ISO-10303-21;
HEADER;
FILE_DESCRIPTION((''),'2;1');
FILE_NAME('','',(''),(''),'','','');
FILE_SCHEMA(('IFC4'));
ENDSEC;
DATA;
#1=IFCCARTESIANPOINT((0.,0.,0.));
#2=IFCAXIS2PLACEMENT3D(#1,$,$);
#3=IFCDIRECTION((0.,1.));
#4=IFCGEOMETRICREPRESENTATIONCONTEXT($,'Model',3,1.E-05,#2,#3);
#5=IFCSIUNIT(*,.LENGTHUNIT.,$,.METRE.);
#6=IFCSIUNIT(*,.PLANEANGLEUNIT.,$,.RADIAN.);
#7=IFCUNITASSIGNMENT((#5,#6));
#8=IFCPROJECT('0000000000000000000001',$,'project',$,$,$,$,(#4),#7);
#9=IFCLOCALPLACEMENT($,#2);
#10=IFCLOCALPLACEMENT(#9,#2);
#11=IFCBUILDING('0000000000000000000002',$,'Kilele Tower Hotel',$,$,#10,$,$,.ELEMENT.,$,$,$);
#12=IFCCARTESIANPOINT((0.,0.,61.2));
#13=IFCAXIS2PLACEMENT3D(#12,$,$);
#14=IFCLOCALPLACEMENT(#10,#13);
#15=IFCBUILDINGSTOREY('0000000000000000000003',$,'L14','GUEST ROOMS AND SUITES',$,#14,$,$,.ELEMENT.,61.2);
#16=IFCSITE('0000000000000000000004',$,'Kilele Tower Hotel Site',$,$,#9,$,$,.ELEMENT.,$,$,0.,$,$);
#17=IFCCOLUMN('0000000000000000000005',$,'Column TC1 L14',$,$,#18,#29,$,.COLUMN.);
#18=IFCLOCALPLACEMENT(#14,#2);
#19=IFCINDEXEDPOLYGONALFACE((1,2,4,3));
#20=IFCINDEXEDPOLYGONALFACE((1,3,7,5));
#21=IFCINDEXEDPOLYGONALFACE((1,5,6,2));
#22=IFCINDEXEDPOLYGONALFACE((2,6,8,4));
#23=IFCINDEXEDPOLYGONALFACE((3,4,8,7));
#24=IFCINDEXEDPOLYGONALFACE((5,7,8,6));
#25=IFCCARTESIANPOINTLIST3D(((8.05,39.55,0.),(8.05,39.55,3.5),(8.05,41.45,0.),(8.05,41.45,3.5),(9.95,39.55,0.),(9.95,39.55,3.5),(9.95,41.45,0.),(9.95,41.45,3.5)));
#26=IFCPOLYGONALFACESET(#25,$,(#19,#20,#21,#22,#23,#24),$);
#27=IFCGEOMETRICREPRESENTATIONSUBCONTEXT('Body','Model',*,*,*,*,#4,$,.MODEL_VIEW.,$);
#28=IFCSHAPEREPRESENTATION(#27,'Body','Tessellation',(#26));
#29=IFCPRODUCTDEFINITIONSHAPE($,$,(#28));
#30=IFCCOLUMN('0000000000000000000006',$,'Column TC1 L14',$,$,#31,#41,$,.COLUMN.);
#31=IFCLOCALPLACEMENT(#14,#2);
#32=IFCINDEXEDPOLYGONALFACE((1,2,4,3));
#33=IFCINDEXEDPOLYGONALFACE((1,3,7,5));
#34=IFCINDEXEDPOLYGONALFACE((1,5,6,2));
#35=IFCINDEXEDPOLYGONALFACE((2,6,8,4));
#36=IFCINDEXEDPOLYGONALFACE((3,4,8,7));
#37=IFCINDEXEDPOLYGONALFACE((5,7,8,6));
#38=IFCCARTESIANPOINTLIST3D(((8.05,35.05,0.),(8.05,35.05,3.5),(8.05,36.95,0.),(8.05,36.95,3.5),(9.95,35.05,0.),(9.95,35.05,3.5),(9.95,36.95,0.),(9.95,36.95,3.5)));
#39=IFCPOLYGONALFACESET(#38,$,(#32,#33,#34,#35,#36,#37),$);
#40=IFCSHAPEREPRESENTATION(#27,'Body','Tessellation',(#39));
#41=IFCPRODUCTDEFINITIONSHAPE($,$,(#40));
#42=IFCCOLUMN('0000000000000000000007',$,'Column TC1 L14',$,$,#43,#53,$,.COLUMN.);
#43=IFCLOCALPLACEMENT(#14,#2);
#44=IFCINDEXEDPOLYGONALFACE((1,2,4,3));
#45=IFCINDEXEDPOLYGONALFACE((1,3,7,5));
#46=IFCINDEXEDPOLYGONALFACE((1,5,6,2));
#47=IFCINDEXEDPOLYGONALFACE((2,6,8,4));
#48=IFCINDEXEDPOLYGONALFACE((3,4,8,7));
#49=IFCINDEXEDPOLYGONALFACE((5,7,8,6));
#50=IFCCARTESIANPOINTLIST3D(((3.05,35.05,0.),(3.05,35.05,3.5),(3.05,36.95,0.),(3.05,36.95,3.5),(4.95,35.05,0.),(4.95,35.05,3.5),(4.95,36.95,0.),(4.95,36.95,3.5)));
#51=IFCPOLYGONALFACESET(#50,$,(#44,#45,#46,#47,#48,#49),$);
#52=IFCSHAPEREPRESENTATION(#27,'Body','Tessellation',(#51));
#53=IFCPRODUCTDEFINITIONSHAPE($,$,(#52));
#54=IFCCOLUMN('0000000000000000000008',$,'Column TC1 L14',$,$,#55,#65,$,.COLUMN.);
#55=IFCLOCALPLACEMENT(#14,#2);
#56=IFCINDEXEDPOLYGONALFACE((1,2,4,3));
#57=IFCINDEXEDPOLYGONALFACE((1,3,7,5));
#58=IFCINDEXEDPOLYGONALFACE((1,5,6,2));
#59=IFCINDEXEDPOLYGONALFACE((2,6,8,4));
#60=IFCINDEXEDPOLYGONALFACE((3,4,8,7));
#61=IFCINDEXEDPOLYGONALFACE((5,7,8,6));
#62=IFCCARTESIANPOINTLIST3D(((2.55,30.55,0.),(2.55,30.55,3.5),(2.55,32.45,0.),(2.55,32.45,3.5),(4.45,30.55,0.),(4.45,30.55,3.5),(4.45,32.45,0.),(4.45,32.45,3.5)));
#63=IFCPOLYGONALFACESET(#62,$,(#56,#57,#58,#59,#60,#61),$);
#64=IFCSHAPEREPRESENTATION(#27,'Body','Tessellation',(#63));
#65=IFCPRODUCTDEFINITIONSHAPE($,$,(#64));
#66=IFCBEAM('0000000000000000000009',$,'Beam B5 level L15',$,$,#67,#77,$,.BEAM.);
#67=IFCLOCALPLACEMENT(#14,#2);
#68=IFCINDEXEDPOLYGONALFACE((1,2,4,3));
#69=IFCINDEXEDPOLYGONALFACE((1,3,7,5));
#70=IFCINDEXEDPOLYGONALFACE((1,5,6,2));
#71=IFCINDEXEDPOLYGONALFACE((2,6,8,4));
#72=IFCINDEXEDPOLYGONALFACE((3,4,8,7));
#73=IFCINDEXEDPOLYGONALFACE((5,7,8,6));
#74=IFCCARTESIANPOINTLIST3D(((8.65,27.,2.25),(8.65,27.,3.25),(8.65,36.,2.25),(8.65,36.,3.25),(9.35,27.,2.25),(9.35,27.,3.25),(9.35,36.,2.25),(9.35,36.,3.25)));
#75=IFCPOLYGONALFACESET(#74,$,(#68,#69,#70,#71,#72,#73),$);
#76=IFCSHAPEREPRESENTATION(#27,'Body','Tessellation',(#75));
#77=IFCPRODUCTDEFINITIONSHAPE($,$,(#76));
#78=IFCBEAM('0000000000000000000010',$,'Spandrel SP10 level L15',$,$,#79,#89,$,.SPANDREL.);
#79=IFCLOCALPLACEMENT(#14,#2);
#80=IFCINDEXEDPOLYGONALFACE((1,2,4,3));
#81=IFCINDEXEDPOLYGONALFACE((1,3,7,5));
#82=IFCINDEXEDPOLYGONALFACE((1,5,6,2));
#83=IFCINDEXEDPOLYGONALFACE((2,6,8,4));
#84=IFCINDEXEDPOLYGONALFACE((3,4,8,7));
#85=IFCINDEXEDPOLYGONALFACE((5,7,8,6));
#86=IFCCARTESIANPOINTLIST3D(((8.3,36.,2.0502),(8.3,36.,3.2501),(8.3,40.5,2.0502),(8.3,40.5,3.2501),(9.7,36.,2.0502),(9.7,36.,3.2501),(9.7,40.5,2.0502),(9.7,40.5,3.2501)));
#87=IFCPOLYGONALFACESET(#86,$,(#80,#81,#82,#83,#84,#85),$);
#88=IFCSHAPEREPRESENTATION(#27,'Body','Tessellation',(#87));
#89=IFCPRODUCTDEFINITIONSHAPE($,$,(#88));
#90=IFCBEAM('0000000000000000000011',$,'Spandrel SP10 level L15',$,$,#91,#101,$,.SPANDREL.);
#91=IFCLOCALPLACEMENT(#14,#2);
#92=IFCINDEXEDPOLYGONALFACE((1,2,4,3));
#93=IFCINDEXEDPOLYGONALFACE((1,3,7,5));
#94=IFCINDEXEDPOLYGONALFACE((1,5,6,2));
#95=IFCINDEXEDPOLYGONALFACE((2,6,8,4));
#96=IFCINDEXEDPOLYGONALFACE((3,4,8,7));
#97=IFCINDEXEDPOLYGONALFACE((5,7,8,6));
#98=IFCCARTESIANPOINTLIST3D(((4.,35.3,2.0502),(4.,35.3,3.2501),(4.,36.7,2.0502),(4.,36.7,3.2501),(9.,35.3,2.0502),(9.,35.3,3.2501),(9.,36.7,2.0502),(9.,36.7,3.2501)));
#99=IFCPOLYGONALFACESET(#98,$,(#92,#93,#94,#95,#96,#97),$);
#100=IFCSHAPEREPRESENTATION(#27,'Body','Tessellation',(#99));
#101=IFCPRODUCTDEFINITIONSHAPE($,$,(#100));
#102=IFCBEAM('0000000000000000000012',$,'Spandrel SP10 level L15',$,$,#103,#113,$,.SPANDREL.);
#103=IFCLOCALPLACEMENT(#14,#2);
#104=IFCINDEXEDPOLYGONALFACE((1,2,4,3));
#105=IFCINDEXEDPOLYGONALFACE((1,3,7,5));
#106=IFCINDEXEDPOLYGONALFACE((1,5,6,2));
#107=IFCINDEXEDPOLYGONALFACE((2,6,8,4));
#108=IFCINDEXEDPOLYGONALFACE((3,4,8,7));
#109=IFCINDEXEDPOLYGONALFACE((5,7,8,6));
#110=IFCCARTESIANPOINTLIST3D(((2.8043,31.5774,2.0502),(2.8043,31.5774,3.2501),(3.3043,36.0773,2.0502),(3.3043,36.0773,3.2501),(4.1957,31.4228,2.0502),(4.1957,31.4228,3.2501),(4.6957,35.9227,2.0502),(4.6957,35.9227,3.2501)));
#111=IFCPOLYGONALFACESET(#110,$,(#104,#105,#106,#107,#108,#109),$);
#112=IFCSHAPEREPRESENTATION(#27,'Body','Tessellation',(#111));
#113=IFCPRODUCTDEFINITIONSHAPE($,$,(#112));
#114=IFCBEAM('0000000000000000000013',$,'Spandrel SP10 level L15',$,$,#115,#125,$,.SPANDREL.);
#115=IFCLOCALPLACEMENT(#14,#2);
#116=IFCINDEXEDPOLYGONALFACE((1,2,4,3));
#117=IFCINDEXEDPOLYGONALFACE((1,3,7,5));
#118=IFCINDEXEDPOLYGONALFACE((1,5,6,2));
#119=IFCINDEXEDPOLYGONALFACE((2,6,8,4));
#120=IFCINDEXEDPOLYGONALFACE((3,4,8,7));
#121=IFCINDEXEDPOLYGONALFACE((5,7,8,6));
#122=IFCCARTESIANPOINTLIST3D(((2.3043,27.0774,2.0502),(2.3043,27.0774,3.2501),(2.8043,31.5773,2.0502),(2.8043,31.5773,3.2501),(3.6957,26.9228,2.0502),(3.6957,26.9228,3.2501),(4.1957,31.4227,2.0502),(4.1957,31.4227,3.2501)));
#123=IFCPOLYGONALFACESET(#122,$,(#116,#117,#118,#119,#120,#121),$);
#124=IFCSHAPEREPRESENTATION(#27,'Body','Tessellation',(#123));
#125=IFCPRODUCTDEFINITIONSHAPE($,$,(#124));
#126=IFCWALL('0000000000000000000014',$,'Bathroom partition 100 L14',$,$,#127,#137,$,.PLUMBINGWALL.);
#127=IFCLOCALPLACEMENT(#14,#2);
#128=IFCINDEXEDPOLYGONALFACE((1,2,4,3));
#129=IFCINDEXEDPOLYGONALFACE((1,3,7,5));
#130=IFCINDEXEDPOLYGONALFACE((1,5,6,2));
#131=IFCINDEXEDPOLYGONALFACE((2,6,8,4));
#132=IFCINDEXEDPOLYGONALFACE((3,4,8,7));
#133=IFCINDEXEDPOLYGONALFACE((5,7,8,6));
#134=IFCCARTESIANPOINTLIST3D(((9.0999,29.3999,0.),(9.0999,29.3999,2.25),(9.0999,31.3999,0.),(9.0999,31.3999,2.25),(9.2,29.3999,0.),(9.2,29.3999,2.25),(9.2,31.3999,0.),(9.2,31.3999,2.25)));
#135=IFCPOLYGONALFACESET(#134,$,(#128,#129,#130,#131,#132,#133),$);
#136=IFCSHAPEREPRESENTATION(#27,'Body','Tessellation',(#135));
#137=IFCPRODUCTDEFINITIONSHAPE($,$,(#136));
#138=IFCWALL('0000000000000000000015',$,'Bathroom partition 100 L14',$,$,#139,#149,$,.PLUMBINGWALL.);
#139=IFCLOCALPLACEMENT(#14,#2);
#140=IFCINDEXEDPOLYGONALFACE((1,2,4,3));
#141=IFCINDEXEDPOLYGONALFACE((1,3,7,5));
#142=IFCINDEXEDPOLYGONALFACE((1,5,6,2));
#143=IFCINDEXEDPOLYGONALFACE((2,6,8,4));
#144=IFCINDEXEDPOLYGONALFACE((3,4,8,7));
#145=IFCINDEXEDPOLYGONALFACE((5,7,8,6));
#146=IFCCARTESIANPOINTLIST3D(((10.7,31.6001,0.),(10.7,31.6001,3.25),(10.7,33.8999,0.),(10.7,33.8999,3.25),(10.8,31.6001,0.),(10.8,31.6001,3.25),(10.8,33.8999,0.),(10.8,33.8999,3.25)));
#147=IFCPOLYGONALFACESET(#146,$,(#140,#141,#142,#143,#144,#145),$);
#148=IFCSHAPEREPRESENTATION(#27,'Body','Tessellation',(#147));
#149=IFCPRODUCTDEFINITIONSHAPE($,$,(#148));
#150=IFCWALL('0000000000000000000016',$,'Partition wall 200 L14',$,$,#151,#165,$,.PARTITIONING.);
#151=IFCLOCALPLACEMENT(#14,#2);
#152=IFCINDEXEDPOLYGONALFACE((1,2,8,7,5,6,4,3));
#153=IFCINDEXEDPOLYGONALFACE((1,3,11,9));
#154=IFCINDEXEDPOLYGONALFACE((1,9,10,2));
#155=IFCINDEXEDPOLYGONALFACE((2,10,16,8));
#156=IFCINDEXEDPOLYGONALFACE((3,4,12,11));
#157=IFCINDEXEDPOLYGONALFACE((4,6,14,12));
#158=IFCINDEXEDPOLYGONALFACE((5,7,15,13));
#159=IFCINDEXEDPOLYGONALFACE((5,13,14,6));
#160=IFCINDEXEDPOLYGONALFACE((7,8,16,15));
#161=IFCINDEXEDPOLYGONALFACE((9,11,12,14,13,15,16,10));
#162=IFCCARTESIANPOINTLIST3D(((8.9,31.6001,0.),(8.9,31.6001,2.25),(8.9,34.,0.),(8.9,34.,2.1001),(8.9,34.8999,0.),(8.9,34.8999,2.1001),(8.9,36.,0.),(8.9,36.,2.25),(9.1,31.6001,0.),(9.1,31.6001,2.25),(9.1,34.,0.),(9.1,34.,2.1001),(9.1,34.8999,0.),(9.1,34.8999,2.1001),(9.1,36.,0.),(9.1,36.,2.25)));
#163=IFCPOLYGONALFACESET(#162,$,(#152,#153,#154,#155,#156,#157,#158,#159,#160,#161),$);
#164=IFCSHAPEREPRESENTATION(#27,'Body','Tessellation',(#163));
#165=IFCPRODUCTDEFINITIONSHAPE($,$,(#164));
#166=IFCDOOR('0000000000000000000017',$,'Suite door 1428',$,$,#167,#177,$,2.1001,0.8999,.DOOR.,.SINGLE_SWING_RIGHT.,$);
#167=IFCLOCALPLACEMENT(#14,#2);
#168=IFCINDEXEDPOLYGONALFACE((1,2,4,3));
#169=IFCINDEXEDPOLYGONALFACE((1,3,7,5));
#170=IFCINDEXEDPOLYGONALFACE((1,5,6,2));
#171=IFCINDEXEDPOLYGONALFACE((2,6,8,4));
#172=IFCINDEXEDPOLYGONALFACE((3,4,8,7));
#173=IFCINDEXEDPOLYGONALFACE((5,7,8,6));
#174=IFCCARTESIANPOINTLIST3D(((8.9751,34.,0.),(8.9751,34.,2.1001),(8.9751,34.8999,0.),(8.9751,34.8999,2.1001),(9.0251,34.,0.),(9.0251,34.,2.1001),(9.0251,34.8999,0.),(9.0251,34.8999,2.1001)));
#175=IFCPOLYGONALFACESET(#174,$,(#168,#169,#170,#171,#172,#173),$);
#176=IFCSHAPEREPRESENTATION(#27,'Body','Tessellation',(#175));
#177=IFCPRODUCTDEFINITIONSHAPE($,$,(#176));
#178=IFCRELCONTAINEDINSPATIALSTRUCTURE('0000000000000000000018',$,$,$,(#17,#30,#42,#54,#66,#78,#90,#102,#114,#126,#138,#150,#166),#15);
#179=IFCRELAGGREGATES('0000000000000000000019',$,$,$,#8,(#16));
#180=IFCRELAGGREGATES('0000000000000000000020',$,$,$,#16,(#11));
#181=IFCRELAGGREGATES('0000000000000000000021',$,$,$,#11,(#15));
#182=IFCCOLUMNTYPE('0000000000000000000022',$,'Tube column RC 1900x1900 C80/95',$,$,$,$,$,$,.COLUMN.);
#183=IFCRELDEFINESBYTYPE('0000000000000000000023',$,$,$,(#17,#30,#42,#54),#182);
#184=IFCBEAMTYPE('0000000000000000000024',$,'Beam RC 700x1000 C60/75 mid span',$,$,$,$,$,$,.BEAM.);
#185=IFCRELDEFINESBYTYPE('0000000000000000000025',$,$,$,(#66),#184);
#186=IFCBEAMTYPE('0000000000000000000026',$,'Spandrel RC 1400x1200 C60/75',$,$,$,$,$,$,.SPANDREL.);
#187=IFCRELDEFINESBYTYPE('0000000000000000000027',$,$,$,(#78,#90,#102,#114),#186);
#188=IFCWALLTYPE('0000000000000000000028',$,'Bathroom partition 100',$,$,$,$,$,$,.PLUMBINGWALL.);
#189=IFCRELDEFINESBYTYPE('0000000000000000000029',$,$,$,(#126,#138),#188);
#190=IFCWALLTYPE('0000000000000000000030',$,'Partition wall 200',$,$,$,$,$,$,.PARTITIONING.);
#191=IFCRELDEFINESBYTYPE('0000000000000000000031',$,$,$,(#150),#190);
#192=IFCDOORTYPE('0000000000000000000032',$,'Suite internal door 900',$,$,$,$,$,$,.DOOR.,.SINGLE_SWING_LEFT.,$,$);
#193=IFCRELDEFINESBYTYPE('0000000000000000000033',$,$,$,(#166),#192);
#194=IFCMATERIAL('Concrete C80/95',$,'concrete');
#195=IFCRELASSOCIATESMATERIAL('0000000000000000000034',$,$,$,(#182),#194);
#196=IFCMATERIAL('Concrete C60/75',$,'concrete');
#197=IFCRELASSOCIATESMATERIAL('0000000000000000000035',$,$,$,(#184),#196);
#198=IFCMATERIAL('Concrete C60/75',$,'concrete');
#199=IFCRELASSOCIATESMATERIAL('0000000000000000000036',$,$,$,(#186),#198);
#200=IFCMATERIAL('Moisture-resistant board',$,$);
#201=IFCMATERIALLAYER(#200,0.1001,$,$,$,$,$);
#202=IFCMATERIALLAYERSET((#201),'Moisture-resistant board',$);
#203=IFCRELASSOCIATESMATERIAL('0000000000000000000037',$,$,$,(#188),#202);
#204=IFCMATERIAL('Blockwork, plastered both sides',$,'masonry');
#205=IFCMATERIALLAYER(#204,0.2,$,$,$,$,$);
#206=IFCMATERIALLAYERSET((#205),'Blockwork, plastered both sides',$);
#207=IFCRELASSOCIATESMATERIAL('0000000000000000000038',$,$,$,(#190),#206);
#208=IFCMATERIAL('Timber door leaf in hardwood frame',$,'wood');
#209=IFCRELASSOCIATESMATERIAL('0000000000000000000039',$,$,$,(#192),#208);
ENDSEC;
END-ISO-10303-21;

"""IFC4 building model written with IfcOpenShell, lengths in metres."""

from ifc_helpers import new_model, si_unit, direction, frame, frame_2d, origin, origin_2d, place, context, subcontext, project, spatial, rectangle, extrude, material, layer, layer_set, material_profile, profile_set, type_object, element, fill, save


model = new_model("IFC4")

# Units and contexts
model_context = context("Model", 3, precision=1e-05, world=origin(), true_north=direction((0.0, 1.0)))
body_context = subcontext(model_context, "Body", "Model", "MODEL_VIEW")
ifc_project = project(units=[si_unit("LENGTHUNIT", "METRE"), si_unit("PLANEANGLEUNIT", "RADIAN")], contexts=[model_context])

# Site, building, storey
site_placement = place(None, origin())
site = spatial("IfcSite", under=ifc_project, at=site_placement, Name="Kilele Tower Hotel Site", CompositionType="ELEMENT", RefElevation=0.0)
building_placement = place(site_placement, origin())
building = spatial("IfcBuilding", under=site, at=building_placement, Name="Kilele Tower Hotel", CompositionType="ELEMENT")
storey_placement = place(building_placement, frame((0.0, 0.0, 61.2)))
storey = spatial("IfcBuildingStorey", under=building, at=storey_placement, Name="L14", Description="GUEST ROOMS AND SUITES", CompositionType="ELEMENT", Elevation=61.2)

# Columns
ifc_material_1 = material(Name="Concrete C80/95", Category="concrete")
ifc_material_profile_1 = material_profile(ifc_material_1, rectangle(XDim=1.8999, YDim=1.8999, at=origin_2d()))
ifc_profile_set_1 = profile_set([ifc_material_profile_1], Name="Concrete C80/95")
column_type = type_object("IfcColumnType", Name="Tube column RC 1900x1900 C80/95", PredefinedType="COLUMN", material=ifc_profile_set_1)
for number, where, z_axis, x_axis, name in (
    (1, (9.0, 40.5, 0.0), (0.0, 0.0, 1.0), (1.0, 0.0, 0.0), "Column TC1 L14"),
    (2, (9.0, 36.0, 0.0), (0.0, 0.0, 1.0), (1.0, 0.0, 0.0), "Column TC1 L14"),
    (3, (4.0, 36.0, 0.0), (0.0, 0.0, 1.0), (1.0, 0.0, 0.0), "Column TC1 L14"),
    (4, (3.5, 31.5, 0.0), (0.0, 0.0, 1.0), (1.0, 0.0, 0.0), "Column TC1 L14"),
):
    element("IfcColumn", number, at=place(storey_placement, frame(where, z_axis=z_axis, x_axis=x_axis)), inside=storey, type_object=column_type, Name=name, PredefinedType="COLUMN", context=body_context, shape_type="SweptSolid", body=[
        extrude(rectangle(XDim=1.8999, YDim=1.8999, at=origin_2d()), origin(), (0.0, 0.0, 1.0), 3.5),
    ])

# Beams
ifc_material_2 = material(Name="Concrete C60/75", Category="concrete")
ifc_material_profile_2 = material_profile(ifc_material_2, rectangle(XDim=0.7, YDim=1.0, at=origin_2d()))
ifc_profile_set_2 = profile_set([ifc_material_profile_2], Name="Concrete C60/75")
beam_type_1 = type_object("IfcBeamType", Name="Beam RC 700x1000 C60/75 mid span", PredefinedType="BEAM", material=ifc_profile_set_2)
beam_1_placement = place(storey_placement, frame((9.0, 36.0, 2.75), z_axis=(0.0, -1.0, 0.0), x_axis=(1.0, 0.0, 0.0)))
element("IfcBeam", 5, at=beam_1_placement, inside=storey, type_object=beam_type_1, Name="Beam B5 level L15", PredefinedType="BEAM", context=body_context, shape_type="SweptSolid", body=[
    extrude(rectangle(XDim=0.7, YDim=1.0, at=origin_2d()), origin(), (0.0, 0.0, 1.0), 9.0),
])
ifc_material_3 = material(Name="Concrete C60/75", Category="concrete")
ifc_material_profile_3 = material_profile(ifc_material_3, rectangle(XDim=1.3999, YDim=1.2, at=origin_2d()))
ifc_profile_set_3 = profile_set([ifc_material_profile_3], Name="Concrete C60/75")
beam_type_2 = type_object("IfcBeamType", Name="Spandrel RC 1400x1200 C60/75", PredefinedType="SPANDREL", material=ifc_profile_set_3)
beam_2_placement = place(storey_placement, frame((9.0, 40.5, 2.6501), z_axis=(0.0, -1.0, 0.0), x_axis=(1.0, 0.0, 0.0)))
element("IfcBeam", 6, at=beam_2_placement, inside=storey, type_object=beam_type_2, Name="Spandrel SP10 level L15", PredefinedType="SPANDREL", context=body_context, shape_type="SweptSolid", body=[
    extrude(rectangle(XDim=1.3999, YDim=1.2, at=origin_2d()), origin(), (0.0, 0.0, 1.0), 4.5),
])
beam_3_placement = place(storey_placement, frame((9.0, 36.0, 2.6501), z_axis=(-1.0, 0.0, 0.0), x_axis=(0.0, -1.0, 0.0)))
element("IfcBeam", 7, at=beam_3_placement, inside=storey, type_object=beam_type_2, Name="Spandrel SP10 level L15", PredefinedType="SPANDREL", context=body_context, shape_type="SweptSolid", body=[
    extrude(rectangle(XDim=1.3999, YDim=1.2, at=origin_2d()), origin(), (0.0, 0.0, 1.0), 5.0),
])
for number, where, z_axis, x_axis, name in (
    (8, (4.0, 36.0, 2.6501), (-0.110432, -0.993884, 0.0), (0.993884, -0.110432, 0.0), "Spandrel SP10 level L15"),
    (9, (3.5, 31.5, 2.6501), (-0.110432, -0.993884, 0.0), (0.993884, -0.110432, 0.0), "Spandrel SP10 level L15"),
):
    element("IfcBeam", number, at=place(storey_placement, frame(where, z_axis=z_axis, x_axis=x_axis)), inside=storey, type_object=beam_type_2, Name=name, PredefinedType="SPANDREL", context=body_context, shape_type="SweptSolid", body=[
        extrude(rectangle(XDim=1.3999, YDim=1.2, at=origin_2d()), origin(), (0.0, 0.0, 1.0), 4.5276),
    ])

# Walls
ifc_material_4 = material(Name="Moisture-resistant board")
ifc_layer_1 = layer(ifc_material_4, 0.1001)
ifc_layer_set_1 = layer_set([ifc_layer_1], Name="Moisture-resistant board")
wall_type_1 = type_object("IfcWallType", Name="Bathroom partition 100", PredefinedType="PLUMBINGWALL", material=ifc_layer_set_1)
wall_1_placement = place(storey_placement, frame((9.1499, 31.3999, 0.0), z_axis=(0.0, 0.0, 1.0), x_axis=(0.0, -1.0, 0.0)))
element("IfcWall", 10, at=wall_1_placement, inside=storey, type_object=wall_type_1, Name="Bathroom partition 100 L14", PredefinedType="PLUMBINGWALL", context=body_context, shape_type="SweptSolid", body=[
    extrude(rectangle(XDim=2.0, YDim=0.1001, at=frame_2d((1.0, 0.0))), origin(), (0.0, 0.0, 1.0), 2.25),
])
wall_2_placement = place(storey_placement, frame((10.75, 31.6001, 0.0), z_axis=(0.0, 0.0, 1.0), x_axis=(0.0, 1.0, 0.0)))
element("IfcWall", 11, at=wall_2_placement, inside=storey, type_object=wall_type_1, Name="Bathroom partition 100 L14", PredefinedType="PLUMBINGWALL", context=body_context, shape_type="SweptSolid", body=[
    extrude(rectangle(XDim=2.2998, YDim=0.1001, at=frame_2d((1.1499, 0.0))), origin(), (0.0, 0.0, 1.0), 3.25),
])

# Wall, opening, door
ifc_material_5 = material(Name="Blockwork, plastered both sides", Category="masonry")
ifc_layer_2 = layer(ifc_material_5, 0.2)
ifc_layer_set_2 = layer_set([ifc_layer_2], Name="Blockwork, plastered both sides")
wall_type_2 = type_object("IfcWallType", Name="Partition wall 200", PredefinedType="PARTITIONING", material=ifc_layer_set_2)
wall_3_placement = place(storey_placement, frame((9.0, 31.6001, 0.0), z_axis=(0.0, 0.0, 1.0), x_axis=(0.0, 1.0, 0.0)))
wall_3 = element("IfcWall", 12, at=wall_3_placement, inside=storey, type_object=wall_type_2, Name="Partition wall 200 L14", PredefinedType="PARTITIONING", context=body_context, shape_type="SweptSolid", body=[
    extrude(rectangle(XDim=4.3999, YDim=0.2, at=frame_2d((2.2, 0.0))), origin(), (0.0, 0.0, 1.0), 2.25),
])
opening_1_placement = place(wall_3_placement, frame((2.3999, 0.0, 0.0)))
opening_1 = element("IfcOpeningElement", 13, at=opening_1_placement, cuts=wall_3, PredefinedType="OPENING", context=body_context, shape_type="SweptSolid", body=[
    extrude(rectangle(XDim=0.8999, YDim=2.1001, at=frame_2d((0.45, 1.05))), frame((0.0, 0.1099, 0.0), z_axis=(0.0, -1.0, 0.0), x_axis=(1.0, 0.0, 0.0)), (0.0, 0.0, 1.0), 0.22),
])
ifc_material_6 = material(Name="Timber door leaf in hardwood frame", Category="wood")
door_type = type_object("IfcDoorType", Name="Suite internal door 900", OperationType="SINGLE_SWING_LEFT", PredefinedType="DOOR", material=ifc_material_6)
door_placement = place(opening_1_placement, origin())
door = element("IfcDoor", 14, at=door_placement, inside=storey, type_object=door_type, Name="Suite door 1428", OperationType="SINGLE_SWING_RIGHT", OverallHeight=2.1001, OverallWidth=0.8999, PredefinedType="DOOR", context=body_context, shape_type="SweptSolid", body=[
    extrude(rectangle(XDim=0.8999, YDim=2.1001, at=frame_2d((0.45, 1.05))), frame((0.0, 0.0249, 0.0), z_axis=(0.0, -1.0, 0.0), x_axis=(1.0, 0.0, 0.0)), (0.0, 0.0, 1.0), 0.05),
])
fill(opening_1, door)

save(model, "model.ifc")
